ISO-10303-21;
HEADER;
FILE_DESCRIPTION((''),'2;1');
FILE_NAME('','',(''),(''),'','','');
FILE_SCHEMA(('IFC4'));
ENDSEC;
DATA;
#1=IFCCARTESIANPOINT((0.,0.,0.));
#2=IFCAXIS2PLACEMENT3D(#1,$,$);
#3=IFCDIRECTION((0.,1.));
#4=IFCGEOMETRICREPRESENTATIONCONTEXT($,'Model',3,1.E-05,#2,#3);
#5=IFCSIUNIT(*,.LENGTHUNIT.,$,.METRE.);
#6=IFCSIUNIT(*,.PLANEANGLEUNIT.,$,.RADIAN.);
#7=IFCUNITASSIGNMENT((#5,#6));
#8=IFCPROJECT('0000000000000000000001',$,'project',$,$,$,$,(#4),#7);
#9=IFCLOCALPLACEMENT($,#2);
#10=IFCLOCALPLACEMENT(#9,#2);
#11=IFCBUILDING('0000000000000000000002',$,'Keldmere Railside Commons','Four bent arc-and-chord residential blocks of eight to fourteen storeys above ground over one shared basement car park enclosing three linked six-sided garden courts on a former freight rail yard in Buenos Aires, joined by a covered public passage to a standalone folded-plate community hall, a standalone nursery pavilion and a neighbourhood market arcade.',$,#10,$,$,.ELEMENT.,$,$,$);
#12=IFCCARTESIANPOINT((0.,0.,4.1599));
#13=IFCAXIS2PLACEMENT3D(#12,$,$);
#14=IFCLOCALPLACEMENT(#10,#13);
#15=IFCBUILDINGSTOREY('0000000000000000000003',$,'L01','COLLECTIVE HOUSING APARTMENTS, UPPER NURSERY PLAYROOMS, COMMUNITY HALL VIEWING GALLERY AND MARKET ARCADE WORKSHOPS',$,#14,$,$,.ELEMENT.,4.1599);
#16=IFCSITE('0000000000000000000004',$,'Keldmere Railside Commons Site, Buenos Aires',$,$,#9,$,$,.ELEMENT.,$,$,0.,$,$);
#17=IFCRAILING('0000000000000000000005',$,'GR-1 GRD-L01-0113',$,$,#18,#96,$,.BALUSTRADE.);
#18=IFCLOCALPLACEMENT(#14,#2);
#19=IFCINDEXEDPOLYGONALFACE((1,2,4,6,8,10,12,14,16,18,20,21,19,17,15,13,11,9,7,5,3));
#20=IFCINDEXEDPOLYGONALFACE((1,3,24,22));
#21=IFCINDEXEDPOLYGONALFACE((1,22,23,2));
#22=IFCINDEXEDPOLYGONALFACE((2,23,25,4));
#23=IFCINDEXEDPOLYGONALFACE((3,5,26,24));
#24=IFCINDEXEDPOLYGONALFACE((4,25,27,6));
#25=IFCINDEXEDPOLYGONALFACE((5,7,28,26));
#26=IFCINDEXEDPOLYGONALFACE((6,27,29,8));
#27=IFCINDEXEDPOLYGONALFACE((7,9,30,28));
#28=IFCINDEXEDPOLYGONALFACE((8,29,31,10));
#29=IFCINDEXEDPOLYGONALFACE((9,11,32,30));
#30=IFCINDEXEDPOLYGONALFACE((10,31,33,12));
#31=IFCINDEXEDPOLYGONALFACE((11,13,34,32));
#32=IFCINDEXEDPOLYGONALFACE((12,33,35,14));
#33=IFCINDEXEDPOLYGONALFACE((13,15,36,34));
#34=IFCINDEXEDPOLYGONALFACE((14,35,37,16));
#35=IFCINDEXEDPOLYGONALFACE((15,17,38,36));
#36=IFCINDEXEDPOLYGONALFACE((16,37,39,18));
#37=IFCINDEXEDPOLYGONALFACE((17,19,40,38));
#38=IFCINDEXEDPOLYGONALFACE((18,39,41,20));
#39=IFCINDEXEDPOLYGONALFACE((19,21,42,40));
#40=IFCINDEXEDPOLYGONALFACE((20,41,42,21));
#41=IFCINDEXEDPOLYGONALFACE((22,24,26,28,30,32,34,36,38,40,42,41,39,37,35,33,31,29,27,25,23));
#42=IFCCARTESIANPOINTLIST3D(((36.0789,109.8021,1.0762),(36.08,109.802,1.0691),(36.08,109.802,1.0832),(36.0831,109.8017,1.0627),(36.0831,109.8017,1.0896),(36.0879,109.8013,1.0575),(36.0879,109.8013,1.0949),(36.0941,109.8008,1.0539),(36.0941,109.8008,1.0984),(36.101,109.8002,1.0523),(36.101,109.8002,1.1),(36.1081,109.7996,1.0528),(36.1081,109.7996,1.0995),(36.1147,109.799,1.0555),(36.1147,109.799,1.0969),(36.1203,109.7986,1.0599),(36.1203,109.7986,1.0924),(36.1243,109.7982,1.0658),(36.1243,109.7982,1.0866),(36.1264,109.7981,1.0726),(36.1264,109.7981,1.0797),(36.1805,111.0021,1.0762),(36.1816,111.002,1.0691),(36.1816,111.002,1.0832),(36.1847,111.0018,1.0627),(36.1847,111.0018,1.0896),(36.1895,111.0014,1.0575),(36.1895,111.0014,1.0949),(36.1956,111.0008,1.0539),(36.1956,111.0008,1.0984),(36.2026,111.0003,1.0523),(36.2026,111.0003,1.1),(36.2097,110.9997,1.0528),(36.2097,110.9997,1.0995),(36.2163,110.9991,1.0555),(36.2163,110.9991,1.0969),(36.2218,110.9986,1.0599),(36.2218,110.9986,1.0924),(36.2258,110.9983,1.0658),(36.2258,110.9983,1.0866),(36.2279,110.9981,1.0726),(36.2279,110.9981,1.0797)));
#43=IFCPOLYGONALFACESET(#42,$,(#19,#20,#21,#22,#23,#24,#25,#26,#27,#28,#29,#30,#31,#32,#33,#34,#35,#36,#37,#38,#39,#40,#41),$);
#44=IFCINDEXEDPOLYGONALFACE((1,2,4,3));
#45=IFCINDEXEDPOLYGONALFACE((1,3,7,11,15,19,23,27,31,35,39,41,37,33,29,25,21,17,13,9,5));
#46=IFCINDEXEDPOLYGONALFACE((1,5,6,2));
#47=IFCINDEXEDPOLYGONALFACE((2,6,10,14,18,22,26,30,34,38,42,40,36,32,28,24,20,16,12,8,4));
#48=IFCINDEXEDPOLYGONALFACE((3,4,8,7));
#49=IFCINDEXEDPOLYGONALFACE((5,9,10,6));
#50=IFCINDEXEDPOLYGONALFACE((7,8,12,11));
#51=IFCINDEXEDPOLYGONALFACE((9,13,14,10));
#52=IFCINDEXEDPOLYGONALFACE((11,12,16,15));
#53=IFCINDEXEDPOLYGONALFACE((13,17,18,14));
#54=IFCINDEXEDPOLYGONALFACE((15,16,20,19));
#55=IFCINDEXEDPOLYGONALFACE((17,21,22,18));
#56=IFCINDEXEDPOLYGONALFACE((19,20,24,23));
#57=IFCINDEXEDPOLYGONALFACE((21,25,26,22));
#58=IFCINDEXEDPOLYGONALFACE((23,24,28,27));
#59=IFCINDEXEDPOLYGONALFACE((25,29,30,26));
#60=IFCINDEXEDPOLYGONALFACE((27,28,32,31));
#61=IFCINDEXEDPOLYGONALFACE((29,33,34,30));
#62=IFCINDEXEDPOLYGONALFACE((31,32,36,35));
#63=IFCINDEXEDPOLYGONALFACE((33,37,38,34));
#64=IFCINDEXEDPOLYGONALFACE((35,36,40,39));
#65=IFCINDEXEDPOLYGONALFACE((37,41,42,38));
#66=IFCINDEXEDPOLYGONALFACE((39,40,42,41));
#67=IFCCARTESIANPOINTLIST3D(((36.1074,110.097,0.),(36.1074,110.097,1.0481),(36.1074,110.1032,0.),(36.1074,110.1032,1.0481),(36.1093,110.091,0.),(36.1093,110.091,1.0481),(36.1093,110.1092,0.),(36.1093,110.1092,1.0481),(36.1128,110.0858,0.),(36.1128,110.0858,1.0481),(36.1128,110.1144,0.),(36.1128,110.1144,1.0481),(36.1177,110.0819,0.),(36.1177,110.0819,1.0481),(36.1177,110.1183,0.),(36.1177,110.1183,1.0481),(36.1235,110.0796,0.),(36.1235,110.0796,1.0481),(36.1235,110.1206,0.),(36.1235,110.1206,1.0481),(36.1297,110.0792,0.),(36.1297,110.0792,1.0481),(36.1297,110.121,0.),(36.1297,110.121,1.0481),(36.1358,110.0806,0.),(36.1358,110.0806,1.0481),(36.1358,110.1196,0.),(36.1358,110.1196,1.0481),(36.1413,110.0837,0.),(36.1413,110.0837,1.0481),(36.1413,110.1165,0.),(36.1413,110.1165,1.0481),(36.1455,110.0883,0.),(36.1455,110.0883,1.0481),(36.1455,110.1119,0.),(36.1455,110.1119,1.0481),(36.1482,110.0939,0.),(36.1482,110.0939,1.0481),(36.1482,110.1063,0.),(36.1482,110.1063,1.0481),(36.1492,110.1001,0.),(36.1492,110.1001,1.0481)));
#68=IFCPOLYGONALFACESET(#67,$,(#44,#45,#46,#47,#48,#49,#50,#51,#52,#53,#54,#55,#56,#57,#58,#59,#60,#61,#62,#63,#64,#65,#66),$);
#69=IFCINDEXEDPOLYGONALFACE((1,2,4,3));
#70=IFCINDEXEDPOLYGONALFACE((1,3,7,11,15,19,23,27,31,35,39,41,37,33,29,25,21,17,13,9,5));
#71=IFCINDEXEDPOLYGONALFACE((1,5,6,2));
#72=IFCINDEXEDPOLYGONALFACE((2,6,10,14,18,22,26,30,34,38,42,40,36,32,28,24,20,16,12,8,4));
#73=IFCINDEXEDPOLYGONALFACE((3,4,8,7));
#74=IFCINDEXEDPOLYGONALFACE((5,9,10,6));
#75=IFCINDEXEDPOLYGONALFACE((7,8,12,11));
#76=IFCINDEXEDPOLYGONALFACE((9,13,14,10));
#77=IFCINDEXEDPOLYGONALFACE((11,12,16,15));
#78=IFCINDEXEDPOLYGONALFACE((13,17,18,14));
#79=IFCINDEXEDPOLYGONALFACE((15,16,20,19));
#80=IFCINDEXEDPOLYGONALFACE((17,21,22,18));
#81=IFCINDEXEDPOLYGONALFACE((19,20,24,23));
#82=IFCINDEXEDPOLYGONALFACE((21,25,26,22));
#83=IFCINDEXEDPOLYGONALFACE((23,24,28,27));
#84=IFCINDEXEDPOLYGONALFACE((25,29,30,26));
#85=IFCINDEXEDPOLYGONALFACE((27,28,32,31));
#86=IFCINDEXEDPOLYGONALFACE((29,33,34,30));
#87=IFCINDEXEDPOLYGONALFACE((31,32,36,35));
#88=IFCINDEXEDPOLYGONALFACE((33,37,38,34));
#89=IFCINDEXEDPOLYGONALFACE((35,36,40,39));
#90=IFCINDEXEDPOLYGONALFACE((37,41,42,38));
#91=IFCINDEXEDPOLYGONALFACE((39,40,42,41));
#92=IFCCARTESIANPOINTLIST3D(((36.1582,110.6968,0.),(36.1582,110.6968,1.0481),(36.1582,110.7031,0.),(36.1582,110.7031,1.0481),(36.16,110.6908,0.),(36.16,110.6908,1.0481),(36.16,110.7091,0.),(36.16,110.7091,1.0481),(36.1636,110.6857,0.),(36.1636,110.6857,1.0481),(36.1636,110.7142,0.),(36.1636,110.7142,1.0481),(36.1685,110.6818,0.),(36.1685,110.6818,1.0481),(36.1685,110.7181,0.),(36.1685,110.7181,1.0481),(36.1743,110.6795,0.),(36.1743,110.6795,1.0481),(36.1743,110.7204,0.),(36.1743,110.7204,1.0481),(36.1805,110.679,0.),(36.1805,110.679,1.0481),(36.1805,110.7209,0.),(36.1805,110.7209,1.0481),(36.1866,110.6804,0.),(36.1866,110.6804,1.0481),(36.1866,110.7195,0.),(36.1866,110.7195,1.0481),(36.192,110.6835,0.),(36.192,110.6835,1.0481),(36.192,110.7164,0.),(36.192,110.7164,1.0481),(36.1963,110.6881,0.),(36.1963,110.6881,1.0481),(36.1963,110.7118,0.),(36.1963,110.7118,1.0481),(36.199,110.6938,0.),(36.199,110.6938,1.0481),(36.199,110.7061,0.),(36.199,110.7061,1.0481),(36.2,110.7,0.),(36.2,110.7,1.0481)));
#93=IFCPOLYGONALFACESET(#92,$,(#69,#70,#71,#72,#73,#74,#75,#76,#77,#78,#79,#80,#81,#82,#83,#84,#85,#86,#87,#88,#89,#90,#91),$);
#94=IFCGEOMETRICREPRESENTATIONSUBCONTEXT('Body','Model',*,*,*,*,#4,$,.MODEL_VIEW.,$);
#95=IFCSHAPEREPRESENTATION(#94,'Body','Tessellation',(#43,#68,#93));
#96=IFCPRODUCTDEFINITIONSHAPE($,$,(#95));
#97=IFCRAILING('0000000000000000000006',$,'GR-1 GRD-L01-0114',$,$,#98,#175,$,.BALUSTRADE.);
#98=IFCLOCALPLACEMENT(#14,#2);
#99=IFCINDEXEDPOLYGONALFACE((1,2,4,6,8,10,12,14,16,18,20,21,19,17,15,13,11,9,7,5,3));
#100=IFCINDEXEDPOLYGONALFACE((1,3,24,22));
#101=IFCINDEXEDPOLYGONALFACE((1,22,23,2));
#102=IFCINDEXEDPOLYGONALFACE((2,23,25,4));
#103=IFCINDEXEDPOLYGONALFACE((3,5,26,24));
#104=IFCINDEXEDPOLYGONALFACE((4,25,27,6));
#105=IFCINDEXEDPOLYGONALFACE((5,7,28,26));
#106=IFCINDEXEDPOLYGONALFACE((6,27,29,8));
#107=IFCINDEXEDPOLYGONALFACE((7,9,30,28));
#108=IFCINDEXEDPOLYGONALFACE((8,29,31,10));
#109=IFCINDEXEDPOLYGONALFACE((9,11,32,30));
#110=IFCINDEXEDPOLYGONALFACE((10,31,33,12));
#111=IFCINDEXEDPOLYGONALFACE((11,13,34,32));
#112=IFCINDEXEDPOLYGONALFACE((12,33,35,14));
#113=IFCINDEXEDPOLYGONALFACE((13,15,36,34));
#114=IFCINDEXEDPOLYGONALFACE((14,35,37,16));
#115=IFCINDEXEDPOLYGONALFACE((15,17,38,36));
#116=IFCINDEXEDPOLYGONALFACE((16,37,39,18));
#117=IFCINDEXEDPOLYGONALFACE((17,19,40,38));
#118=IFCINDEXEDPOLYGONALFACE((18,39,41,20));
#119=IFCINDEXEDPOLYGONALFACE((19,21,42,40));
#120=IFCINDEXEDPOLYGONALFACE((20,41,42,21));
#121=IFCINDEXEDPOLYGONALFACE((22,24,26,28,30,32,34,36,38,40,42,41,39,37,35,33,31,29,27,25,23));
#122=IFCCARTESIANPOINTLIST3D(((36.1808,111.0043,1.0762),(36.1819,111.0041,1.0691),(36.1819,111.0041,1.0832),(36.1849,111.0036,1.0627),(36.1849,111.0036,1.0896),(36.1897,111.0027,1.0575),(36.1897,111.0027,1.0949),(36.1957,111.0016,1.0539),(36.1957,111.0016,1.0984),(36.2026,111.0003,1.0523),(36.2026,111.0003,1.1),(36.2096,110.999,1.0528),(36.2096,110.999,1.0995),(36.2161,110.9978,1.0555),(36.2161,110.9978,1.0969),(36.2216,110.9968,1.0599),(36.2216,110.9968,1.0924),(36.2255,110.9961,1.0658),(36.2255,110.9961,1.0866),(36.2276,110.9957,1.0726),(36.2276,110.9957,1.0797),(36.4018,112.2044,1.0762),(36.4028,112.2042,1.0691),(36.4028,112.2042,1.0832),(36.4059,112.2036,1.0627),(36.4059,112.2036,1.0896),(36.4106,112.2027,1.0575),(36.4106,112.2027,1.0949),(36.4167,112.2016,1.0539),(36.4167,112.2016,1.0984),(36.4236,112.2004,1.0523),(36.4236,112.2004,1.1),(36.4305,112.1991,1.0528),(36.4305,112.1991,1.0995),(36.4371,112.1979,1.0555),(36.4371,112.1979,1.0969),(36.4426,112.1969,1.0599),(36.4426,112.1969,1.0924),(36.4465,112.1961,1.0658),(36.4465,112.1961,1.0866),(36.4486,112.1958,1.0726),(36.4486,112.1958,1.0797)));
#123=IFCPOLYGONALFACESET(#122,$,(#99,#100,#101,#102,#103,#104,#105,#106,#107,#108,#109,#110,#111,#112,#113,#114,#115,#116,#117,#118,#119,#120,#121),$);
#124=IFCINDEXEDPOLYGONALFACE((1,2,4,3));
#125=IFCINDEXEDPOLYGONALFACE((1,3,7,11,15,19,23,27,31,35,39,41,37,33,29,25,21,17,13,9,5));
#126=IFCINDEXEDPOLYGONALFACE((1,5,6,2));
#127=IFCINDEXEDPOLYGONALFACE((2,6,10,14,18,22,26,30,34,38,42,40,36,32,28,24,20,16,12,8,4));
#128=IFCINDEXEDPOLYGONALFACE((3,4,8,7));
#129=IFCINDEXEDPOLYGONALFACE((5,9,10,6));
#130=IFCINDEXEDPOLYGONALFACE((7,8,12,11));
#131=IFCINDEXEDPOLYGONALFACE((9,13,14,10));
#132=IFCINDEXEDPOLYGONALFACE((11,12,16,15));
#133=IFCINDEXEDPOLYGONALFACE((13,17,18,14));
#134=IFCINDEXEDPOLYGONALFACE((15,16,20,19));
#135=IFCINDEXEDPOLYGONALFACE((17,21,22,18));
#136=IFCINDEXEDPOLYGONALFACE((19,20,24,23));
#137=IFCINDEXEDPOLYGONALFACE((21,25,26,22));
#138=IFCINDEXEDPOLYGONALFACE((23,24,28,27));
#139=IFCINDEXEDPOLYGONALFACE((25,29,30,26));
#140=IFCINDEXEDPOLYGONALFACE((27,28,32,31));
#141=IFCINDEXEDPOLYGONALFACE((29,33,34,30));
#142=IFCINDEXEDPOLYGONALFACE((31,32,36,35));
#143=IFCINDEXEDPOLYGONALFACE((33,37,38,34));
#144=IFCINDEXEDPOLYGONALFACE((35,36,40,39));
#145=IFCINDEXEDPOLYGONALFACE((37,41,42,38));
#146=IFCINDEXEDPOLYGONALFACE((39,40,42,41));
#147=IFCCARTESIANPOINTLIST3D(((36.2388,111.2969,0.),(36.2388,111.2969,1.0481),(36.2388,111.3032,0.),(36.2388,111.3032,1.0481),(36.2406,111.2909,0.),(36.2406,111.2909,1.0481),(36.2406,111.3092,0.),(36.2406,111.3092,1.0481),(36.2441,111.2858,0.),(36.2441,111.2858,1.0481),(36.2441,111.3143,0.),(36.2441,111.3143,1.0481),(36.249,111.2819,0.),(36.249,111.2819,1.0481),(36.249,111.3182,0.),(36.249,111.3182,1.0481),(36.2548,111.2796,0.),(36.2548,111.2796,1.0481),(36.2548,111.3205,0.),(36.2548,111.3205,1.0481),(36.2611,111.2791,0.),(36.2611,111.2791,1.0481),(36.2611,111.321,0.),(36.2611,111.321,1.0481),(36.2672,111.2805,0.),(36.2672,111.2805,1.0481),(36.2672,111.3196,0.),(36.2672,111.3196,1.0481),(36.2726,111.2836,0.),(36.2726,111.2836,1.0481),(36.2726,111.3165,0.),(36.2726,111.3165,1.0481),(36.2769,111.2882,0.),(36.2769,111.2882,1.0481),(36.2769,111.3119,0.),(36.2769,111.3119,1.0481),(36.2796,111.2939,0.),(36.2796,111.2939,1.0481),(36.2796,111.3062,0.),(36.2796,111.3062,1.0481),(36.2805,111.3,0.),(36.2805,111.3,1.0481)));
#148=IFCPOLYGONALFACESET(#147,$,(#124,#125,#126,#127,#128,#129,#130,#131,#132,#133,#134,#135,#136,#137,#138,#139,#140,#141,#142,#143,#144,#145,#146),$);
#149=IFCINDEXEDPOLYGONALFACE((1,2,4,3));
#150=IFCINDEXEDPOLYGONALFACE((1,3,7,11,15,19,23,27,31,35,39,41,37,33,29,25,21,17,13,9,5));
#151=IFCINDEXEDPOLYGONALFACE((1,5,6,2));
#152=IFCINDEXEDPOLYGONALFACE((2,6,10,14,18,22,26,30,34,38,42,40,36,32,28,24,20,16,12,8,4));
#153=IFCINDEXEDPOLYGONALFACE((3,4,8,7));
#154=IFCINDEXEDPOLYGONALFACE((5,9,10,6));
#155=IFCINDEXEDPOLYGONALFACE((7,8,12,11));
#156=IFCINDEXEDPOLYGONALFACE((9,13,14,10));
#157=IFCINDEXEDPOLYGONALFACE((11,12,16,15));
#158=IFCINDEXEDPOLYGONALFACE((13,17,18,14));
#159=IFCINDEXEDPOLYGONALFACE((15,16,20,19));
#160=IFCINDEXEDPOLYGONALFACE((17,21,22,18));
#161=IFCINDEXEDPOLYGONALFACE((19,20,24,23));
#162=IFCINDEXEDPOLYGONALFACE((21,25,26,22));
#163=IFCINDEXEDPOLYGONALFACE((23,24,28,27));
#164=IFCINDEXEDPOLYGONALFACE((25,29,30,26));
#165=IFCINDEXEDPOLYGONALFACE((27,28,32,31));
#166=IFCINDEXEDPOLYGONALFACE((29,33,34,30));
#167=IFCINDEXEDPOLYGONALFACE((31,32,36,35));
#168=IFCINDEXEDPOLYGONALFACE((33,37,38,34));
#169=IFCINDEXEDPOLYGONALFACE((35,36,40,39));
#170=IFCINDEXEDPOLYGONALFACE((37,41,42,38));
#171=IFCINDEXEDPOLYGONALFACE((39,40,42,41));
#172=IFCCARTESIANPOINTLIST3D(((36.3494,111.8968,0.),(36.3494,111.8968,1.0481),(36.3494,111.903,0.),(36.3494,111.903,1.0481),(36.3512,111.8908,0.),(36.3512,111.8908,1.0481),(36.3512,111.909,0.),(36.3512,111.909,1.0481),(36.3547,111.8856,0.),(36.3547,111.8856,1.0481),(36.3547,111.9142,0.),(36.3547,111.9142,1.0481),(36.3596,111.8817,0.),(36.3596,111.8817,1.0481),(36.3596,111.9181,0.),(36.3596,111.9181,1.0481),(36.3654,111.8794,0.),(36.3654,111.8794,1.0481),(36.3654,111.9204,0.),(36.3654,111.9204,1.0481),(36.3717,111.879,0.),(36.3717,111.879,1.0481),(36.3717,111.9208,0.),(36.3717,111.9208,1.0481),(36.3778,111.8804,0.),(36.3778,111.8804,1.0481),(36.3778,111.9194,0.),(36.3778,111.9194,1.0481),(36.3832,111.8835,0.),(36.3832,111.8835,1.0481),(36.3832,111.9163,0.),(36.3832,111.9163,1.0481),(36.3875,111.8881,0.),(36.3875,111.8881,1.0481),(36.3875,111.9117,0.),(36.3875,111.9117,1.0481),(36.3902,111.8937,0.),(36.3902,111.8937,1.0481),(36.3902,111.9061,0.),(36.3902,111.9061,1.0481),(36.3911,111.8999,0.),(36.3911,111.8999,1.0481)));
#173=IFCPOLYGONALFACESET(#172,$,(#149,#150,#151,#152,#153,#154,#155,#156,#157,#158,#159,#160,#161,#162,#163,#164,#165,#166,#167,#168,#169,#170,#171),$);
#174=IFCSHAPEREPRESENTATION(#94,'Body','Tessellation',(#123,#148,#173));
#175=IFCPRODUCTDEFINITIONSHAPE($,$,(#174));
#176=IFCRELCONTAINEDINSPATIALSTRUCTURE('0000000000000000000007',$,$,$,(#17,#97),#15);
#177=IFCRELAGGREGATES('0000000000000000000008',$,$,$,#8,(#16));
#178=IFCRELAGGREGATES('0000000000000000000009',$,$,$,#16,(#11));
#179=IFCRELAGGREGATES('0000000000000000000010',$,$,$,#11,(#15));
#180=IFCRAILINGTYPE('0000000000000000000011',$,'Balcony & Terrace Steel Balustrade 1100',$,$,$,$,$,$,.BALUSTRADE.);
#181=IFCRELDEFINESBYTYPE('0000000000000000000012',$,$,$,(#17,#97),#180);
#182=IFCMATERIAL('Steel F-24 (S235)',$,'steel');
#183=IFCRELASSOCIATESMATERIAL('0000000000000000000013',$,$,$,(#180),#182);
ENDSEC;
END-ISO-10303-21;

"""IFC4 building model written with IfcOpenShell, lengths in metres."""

from ifc_helpers import new_model, si_unit, direction, frame, origin, origin_2d, place, context, subcontext, project, spatial, circle, extrude, material, type_object, element, save


model = new_model("IFC4")

# Units and contexts
model_context = context("Model", 3, precision=1e-05, world=origin(), true_north=direction((0.0, 1.0)))
body_context = subcontext(model_context, "Body", "Model", "MODEL_VIEW")
ifc_project = project(units=[si_unit("LENGTHUNIT", "METRE"), si_unit("PLANEANGLEUNIT", "RADIAN")], contexts=[model_context])

# Site, building, storey
site_placement = place(None, origin())
site = spatial("IfcSite", under=ifc_project, at=site_placement, Name="Keldmere Railside Commons Site, Buenos Aires", CompositionType="ELEMENT", RefElevation=0.0)
building_placement = place(site_placement, origin())
building = spatial("IfcBuilding", under=site, at=building_placement, Name="Keldmere Railside Commons", Description="Four bent arc-and-chord residential blocks of eight to fourteen storeys above ground over one shared basement car park enclosing three linked six-sided garden courts on a former freight rail yard in Buenos Aires, joined by a covered public passage to a standalone folded-plate community hall, a standalone nursery pavilion and a neighbourhood market arcade.", CompositionType="ELEMENT")
storey_placement = place(building_placement, frame((0.0, 0.0, 4.1599)))
storey = spatial("IfcBuildingStorey", under=building, at=storey_placement, Name="L01", Description="COLLECTIVE HOUSING APARTMENTS, UPPER NURSERY PLAYROOMS, COMMUNITY HALL VIEWING GALLERY AND MARKET ARCADE WORKSHOPS", CompositionType="ELEMENT", Elevation=4.1599)

# Railings
ifc_material_1 = material(Name="Steel F-24 (S235)", Category="steel")
railing_type = type_object("IfcRailingType", Name="Balcony & Terrace Steel Balustrade 1100", PredefinedType="BALUSTRADE", material=ifc_material_1)
railing_1_placement = place(storey_placement, frame((36.1028, 109.8, 0.0)))
element("IfcRailing", 1, at=railing_1_placement, inside=storey, type_object=railing_type, Name="GR-1 GRD-L01-0113", PredefinedType="BALUSTRADE", context=body_context, shape_type="SweptSolid", body=[
    extrude(circle(Radius=0.0239, at=origin_2d()), frame((0.0, 0.0, 1.0762), z_axis=(0.084337, 0.996437, 0.0), x_axis=(-0.996437, 0.084337, 0.0)), (0.0, 0.0, 1.0), 1.2043),
    extrude(circle(Radius=0.021, at=origin_2d()), frame((0.0254, 0.3, 0.0)), (0.0, 0.0, 1.0), 1.0481),
    extrude(circle(Radius=0.021, at=origin_2d()), frame((0.0762, 0.8999, 0.0)), (0.0, 0.0, 1.0), 1.0481),
])
railing_2_placement = place(storey_placement, frame((36.2043, 111.0, 0.0)))
element("IfcRailing", 2, at=railing_2_placement, inside=storey, type_object=railing_type, Name="GR-1 GRD-L01-0114", PredefinedType="BALUSTRADE", context=body_context, shape_type="SweptSolid", body=[
    extrude(circle(Radius=0.0239, at=origin_2d()), frame((0.0, 0.0, 1.0762), z_axis=(0.181086, 0.983467, 0.0), x_axis=(-0.983467, 0.181086, 0.0)), (0.0, 0.0, 1.0), 1.2202),
    extrude(circle(Radius=0.021, at=origin_2d()), frame((0.0552, 0.3, 0.0)), (0.0, 0.0, 1.0), 1.0481),
    extrude(circle(Radius=0.021, at=origin_2d()), frame((0.1658, 0.8999, 0.0)), (0.0, 0.0, 1.0), 1.0481),
])

save(model, "model.ifc")
